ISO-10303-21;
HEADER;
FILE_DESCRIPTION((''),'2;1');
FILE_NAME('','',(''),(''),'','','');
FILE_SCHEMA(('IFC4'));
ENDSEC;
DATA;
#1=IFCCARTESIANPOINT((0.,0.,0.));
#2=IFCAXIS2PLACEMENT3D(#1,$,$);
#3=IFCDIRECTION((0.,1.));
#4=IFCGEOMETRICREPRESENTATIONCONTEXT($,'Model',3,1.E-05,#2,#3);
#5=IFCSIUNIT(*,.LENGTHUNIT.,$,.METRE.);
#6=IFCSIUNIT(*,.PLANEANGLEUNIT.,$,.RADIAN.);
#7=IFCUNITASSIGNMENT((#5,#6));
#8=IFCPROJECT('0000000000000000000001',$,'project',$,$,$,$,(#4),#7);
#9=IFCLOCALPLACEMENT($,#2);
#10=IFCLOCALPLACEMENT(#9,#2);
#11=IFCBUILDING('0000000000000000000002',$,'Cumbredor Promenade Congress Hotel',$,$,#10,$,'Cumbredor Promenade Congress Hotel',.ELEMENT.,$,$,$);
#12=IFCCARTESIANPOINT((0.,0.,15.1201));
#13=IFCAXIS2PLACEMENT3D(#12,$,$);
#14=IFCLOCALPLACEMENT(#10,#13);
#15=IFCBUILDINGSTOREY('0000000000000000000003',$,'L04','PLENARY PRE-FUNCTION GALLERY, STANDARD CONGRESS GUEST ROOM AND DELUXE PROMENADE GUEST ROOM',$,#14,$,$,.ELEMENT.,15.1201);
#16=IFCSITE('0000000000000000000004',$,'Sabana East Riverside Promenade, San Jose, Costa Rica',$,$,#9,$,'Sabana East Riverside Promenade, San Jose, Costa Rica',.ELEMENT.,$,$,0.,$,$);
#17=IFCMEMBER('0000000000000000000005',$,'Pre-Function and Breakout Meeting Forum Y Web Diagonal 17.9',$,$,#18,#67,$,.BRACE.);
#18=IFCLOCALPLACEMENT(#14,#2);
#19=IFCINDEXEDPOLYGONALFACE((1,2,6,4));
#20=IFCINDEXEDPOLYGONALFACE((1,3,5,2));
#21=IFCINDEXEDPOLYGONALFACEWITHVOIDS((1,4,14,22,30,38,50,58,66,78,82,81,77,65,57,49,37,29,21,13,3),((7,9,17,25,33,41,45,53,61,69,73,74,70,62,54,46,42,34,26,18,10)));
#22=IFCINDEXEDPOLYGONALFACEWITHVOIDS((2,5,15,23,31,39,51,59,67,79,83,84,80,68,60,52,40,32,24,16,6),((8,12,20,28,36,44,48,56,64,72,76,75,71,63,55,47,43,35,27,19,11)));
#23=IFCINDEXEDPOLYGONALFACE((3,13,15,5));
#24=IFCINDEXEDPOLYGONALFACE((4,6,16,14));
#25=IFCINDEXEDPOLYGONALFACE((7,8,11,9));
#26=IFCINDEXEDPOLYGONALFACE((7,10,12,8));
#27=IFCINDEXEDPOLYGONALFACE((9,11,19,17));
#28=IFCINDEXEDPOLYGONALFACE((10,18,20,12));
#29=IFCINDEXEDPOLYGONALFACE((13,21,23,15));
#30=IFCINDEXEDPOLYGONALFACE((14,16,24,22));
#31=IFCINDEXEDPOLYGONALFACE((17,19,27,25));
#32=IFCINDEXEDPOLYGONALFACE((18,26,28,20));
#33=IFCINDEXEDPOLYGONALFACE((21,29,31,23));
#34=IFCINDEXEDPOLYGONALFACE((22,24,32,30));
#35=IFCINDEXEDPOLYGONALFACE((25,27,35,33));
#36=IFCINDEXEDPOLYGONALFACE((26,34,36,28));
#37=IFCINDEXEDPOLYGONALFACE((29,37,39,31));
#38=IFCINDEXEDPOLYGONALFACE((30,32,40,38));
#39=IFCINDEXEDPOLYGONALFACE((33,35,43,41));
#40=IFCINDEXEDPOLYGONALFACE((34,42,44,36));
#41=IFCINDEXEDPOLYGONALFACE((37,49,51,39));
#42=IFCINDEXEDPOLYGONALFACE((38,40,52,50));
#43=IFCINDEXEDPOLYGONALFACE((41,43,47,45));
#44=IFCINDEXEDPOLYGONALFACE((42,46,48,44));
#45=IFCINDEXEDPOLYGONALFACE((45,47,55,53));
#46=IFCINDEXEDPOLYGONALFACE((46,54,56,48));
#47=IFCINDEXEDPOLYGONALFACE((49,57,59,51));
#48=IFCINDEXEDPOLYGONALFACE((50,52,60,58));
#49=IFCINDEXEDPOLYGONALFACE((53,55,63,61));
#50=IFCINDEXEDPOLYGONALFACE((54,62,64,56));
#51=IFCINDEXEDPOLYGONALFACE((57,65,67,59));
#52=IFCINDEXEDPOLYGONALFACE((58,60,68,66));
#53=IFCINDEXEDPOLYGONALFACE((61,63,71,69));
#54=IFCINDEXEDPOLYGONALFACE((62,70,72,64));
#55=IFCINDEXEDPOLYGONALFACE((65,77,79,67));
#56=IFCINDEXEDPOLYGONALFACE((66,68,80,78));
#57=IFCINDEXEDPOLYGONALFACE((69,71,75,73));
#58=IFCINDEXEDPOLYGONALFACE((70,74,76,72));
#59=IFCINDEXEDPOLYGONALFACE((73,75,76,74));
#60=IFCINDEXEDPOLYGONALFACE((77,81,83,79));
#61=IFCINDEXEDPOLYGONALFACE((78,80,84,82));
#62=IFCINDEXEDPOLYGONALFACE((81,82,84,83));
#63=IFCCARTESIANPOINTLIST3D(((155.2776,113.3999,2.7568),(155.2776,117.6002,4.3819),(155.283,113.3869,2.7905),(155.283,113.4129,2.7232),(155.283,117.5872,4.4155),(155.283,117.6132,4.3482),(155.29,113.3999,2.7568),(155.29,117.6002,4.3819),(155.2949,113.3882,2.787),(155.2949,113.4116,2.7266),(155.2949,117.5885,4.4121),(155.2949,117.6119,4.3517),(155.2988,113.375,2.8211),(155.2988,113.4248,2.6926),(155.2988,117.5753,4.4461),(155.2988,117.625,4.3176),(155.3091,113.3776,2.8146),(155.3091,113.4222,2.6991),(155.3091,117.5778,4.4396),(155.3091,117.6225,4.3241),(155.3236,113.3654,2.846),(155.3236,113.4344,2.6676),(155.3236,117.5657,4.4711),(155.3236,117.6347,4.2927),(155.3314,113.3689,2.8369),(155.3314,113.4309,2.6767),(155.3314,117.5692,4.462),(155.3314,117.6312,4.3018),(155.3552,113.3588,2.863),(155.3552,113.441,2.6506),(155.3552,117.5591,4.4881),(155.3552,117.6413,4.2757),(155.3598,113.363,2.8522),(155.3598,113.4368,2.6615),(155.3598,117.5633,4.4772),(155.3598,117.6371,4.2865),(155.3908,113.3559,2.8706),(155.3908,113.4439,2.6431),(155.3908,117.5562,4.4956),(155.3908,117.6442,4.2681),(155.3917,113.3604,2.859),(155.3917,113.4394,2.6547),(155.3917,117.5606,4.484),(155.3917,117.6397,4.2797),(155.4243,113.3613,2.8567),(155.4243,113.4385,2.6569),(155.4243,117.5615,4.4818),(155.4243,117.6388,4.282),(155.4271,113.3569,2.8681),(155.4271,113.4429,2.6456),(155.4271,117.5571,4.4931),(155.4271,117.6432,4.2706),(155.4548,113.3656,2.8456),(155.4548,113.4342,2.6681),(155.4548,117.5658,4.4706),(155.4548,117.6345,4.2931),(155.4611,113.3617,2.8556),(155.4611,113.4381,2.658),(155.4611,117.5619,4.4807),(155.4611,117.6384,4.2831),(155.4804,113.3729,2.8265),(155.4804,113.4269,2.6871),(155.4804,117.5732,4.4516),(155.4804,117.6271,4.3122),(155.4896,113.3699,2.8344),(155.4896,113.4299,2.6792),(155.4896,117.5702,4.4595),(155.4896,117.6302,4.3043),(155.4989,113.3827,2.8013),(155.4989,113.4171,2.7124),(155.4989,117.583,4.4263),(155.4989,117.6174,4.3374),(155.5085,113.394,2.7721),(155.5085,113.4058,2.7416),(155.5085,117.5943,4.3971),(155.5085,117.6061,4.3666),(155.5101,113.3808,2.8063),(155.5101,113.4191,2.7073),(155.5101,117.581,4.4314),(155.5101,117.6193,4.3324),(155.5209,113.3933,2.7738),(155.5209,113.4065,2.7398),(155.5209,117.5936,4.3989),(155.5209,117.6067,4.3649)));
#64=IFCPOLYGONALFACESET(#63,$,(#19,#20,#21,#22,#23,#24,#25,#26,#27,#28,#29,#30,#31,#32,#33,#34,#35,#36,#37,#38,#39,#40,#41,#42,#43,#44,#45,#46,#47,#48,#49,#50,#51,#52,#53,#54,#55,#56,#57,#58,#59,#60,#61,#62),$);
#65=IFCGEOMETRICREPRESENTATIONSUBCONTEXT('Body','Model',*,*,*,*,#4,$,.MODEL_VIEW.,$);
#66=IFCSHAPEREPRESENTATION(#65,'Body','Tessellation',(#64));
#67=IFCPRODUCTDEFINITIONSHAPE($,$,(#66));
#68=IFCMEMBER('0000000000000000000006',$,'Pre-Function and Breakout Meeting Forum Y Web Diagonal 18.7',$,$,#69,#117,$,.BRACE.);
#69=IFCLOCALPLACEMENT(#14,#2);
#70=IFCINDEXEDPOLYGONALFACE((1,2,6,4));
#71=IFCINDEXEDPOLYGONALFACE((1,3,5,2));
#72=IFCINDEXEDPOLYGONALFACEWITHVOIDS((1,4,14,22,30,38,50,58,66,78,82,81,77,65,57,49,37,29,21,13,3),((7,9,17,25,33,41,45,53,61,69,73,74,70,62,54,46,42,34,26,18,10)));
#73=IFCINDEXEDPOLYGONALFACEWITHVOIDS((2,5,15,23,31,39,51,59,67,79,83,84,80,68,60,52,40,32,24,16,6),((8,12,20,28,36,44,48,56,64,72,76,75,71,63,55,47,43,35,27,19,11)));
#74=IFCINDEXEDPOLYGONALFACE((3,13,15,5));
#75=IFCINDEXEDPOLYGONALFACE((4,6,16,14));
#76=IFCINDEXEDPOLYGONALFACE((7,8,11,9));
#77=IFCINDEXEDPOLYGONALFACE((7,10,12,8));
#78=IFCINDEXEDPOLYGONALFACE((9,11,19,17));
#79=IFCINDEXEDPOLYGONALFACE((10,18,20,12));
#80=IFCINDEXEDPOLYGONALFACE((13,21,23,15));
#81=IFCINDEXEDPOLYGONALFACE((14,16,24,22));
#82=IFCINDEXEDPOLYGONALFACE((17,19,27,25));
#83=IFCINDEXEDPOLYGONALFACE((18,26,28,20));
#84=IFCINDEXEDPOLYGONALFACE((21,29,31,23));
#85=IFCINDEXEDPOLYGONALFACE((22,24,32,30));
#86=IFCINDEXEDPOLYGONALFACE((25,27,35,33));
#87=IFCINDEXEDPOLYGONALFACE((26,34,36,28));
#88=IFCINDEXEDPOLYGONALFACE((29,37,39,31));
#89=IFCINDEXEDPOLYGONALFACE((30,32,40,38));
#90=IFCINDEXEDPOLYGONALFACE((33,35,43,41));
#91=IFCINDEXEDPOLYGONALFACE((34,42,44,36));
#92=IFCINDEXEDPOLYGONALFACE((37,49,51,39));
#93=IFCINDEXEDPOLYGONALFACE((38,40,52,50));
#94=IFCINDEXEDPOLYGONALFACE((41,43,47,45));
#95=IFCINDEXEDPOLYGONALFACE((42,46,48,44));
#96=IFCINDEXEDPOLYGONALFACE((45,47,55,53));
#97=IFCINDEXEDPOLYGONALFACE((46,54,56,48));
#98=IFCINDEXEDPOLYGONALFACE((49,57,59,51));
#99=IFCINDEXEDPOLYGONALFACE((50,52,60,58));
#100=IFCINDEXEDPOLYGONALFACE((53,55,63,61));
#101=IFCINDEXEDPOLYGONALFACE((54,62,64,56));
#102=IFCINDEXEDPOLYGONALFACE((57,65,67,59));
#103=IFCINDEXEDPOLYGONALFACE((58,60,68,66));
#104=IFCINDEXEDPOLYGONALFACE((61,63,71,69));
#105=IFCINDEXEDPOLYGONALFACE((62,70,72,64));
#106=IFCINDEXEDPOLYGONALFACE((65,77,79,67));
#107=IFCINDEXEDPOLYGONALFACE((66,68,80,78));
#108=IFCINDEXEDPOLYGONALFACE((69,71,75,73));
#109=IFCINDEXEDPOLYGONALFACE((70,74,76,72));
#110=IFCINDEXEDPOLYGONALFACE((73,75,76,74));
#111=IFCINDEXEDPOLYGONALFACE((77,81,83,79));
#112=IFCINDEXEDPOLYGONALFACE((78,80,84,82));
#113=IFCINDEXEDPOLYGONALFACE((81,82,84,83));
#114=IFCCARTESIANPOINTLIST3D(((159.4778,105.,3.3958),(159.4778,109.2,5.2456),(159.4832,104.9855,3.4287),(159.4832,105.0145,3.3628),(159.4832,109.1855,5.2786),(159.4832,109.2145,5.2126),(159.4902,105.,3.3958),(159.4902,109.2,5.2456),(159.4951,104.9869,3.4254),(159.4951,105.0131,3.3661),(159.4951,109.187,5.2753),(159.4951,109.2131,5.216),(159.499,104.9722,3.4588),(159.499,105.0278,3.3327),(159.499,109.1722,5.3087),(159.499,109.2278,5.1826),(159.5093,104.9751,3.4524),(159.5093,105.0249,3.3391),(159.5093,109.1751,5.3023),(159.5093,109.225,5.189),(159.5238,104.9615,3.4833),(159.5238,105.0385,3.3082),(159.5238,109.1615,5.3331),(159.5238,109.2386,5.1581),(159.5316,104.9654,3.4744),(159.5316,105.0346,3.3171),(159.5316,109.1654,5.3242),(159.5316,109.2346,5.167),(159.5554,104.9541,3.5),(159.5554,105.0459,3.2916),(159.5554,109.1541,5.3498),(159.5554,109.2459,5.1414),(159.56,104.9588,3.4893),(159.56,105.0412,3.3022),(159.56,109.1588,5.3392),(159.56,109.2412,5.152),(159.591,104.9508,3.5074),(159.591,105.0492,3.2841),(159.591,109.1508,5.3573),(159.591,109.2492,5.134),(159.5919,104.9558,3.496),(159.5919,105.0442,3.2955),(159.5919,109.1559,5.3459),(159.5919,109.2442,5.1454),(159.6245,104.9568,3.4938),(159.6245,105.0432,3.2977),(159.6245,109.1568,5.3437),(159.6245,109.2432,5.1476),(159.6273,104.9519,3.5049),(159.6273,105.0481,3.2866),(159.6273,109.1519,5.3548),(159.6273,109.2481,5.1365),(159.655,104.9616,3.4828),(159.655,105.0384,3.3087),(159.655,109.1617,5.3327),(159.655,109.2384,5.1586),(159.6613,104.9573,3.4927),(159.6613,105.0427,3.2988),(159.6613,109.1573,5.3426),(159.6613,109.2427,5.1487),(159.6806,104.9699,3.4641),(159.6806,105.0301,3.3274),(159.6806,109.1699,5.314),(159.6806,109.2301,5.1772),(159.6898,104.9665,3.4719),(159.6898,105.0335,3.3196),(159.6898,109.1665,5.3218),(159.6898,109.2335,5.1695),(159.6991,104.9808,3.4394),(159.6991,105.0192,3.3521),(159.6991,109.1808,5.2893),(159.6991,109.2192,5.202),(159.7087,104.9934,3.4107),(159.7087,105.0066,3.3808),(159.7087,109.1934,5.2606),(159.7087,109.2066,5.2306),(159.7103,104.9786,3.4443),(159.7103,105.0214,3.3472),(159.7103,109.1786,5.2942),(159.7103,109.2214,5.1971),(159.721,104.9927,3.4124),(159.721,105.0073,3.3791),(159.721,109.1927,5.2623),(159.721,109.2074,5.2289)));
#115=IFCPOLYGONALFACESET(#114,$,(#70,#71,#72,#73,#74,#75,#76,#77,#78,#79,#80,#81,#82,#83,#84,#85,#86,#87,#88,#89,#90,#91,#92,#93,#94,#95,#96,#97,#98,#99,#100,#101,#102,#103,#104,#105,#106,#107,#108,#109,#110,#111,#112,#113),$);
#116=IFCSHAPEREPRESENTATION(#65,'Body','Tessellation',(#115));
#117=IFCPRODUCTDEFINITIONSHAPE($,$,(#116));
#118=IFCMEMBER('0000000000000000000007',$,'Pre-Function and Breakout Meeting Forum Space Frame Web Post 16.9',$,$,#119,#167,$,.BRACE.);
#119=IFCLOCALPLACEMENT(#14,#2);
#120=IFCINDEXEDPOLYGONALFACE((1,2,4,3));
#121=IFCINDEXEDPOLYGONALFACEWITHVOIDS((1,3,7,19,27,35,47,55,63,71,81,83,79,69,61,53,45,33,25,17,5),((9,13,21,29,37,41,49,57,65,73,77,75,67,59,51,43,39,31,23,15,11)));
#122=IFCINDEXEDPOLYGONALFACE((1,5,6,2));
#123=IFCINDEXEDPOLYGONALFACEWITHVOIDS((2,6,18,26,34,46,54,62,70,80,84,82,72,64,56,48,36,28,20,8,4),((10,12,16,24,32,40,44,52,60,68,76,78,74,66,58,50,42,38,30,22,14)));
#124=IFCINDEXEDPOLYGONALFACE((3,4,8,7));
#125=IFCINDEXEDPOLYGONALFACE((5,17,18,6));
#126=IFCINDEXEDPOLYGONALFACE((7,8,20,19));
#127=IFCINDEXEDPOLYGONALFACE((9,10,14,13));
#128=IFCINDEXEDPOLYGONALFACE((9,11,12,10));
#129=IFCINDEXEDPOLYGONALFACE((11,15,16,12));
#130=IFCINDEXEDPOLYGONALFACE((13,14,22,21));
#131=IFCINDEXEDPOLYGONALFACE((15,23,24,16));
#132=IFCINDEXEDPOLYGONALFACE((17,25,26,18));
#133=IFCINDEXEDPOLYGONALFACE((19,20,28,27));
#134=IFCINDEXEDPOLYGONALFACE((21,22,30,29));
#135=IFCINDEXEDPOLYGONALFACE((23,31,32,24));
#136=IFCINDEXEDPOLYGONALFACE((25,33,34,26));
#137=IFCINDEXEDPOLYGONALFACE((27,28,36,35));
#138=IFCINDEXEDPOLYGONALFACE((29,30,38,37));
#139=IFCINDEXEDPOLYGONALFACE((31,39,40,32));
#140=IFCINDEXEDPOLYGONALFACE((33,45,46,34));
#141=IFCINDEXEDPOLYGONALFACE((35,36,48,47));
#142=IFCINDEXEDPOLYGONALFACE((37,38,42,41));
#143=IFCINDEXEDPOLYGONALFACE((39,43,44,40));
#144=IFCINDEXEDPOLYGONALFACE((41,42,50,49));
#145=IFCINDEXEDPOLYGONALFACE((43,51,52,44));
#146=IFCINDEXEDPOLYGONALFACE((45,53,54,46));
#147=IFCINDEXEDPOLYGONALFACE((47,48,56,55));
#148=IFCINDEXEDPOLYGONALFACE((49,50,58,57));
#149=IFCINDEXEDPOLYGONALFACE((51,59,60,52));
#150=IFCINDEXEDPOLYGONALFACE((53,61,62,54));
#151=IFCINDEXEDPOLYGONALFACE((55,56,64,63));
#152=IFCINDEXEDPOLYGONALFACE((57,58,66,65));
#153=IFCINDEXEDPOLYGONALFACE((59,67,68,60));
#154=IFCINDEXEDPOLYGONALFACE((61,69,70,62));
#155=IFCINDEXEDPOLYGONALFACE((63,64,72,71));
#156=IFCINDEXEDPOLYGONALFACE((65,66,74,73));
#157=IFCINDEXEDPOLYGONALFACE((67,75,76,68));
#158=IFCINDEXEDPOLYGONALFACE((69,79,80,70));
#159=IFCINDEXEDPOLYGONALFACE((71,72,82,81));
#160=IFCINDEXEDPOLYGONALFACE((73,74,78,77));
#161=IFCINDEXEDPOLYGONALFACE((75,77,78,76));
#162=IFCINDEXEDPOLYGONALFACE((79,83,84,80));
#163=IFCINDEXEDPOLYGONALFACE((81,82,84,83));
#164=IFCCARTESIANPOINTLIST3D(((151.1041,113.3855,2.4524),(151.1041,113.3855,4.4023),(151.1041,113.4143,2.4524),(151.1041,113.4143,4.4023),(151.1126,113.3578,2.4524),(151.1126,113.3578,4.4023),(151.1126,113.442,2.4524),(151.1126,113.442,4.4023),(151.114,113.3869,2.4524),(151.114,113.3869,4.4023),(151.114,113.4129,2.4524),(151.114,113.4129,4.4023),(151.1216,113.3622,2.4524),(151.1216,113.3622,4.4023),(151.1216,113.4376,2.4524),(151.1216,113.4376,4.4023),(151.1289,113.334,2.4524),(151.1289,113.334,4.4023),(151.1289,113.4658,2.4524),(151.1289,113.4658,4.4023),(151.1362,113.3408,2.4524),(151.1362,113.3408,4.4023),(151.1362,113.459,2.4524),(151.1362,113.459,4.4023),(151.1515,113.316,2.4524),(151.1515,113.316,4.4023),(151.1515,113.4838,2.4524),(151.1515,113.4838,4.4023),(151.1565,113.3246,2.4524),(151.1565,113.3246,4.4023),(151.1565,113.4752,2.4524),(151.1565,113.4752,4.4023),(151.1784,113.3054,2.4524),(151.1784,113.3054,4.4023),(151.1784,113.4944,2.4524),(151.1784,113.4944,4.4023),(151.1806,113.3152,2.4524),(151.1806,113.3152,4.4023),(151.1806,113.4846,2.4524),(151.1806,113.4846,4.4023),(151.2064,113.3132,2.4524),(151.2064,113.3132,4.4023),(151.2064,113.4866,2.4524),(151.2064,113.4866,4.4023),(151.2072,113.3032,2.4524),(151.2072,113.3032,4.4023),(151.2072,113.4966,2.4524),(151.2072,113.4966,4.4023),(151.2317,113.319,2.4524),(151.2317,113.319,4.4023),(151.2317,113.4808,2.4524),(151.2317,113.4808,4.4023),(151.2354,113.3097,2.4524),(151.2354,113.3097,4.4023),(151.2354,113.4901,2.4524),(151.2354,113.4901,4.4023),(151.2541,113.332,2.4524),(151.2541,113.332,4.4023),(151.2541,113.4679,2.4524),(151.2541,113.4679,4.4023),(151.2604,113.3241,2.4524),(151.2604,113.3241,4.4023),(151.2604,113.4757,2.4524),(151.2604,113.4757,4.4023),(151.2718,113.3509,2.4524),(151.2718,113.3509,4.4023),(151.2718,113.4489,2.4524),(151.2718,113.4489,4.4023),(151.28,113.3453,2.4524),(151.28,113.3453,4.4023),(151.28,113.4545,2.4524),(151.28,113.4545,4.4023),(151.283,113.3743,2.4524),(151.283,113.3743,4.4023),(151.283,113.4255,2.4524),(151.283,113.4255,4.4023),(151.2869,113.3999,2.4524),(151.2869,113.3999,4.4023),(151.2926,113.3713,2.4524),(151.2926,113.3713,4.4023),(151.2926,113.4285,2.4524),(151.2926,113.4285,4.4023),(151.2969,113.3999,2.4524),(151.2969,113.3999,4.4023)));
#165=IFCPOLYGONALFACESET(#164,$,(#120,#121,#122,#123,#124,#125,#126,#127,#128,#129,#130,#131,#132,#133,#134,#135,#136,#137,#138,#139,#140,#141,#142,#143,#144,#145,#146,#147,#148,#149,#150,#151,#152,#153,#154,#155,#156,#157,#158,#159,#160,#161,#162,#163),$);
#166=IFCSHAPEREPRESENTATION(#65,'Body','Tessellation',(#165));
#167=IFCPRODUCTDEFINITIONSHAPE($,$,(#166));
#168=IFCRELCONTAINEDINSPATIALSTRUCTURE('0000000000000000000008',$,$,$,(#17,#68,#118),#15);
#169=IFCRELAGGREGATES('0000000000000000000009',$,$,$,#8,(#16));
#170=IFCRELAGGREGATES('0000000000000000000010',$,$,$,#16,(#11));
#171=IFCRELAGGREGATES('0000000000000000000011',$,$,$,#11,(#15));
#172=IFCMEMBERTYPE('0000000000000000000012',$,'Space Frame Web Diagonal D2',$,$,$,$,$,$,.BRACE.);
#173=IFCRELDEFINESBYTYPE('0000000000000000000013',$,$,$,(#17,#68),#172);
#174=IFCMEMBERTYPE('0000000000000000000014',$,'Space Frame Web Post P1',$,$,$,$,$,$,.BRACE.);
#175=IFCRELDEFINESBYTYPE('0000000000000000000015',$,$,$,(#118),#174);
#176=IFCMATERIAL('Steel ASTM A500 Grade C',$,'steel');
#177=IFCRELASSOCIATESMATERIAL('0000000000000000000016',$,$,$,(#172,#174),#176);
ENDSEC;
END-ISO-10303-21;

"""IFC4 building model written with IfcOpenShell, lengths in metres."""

from ifc_helpers import new_model, si_unit, direction, frame, origin, origin_2d, place, context, subcontext, project, spatial, hollow_circle, extrude, material, material_profile, profile_set, type_object, element, save


model = new_model("IFC4")

# Units and contexts
model_context = context("Model", 3, precision=1e-05, world=origin(), true_north=direction((0.0, 1.0)))
body_context = subcontext(model_context, "Body", "Model", "MODEL_VIEW")
ifc_project = project(units=[si_unit("LENGTHUNIT", "METRE"), si_unit("PLANEANGLEUNIT", "RADIAN")], contexts=[model_context])

# Site, building, storey
site_placement = place(None, origin())
site = spatial("IfcSite", under=ifc_project, at=site_placement, Name="Sabana East Riverside Promenade, San Jose, Costa Rica", LongName="Sabana East Riverside Promenade, San Jose, Costa Rica", CompositionType="ELEMENT", RefElevation=0.0)
building_placement = place(site_placement, origin())
building = spatial("IfcBuilding", under=site, at=building_placement, Name="Cumbredor Promenade Congress Hotel", LongName="Cumbredor Promenade Congress Hotel", CompositionType="ELEMENT")
storey_placement = place(building_placement, frame((0.0, 0.0, 15.1201)))
storey = spatial("IfcBuildingStorey", under=building, at=storey_placement, Name="L04", Description="PLENARY PRE-FUNCTION GALLERY, STANDARD CONGRESS GUEST ROOM AND DELUXE PROMENADE GUEST ROOM", CompositionType="ELEMENT", Elevation=15.1201)

# Members
ifc_material_1 = material(Name="Steel ASTM A500 Grade C", Category="steel")
ifc_material_profile_1 = material_profile(ifc_material_1, hollow_circle(Radius=0.1223, WallThickness=0.0125, at=origin_2d()), Name="CHS 244.5x12.5")
ifc_profile_set_1 = profile_set([ifc_material_profile_1], Name="Steel ASTM A500 Grade C")
member_type_1 = type_object("IfcMemberType", Name="Space Frame Web Diagonal D2", PredefinedType="BRACE", material=ifc_profile_set_1)
member_1_placement = place(storey_placement, frame((155.3999, 113.3999, 2.7568), z_axis=(0.0, 0.932634, 0.360824), x_axis=(-1.0, 0.0, 0.0)))
element("IfcMember", 1, at=member_1_placement, inside=storey, type_object=member_type_1, Name="Pre-Function and Breakout Meeting Forum Y Web Diagonal 17.9", PredefinedType="BRACE", context=body_context, shape_type="SweptSolid", body=[
    extrude(hollow_circle(Radius=0.1223, WallThickness=0.0125, at=origin_2d()), origin(), (0.0, 0.0, 1.0), 4.5037),
])
member_2_placement = place(storey_placement, frame((159.6001, 105.0, 3.3958), z_axis=(0.0, 0.915164, 0.403081), x_axis=(-1.0, 0.0, 0.0)))
element("IfcMember", 2, at=member_2_placement, inside=storey, type_object=member_type_1, Name="Pre-Function and Breakout Meeting Forum Y Web Diagonal 18.7", PredefinedType="BRACE", context=body_context, shape_type="SweptSolid", body=[
    extrude(hollow_circle(Radius=0.1223, WallThickness=0.0125, at=origin_2d()), origin(), (0.0, 0.0, 1.0), 4.5894),
])
ifc_material_profile_2 = material_profile(ifc_material_1, hollow_circle(Radius=0.0969, WallThickness=0.01, at=origin_2d()), Name="CHS 193.7x10")
ifc_profile_set_2 = profile_set([ifc_material_profile_2], Name="Steel ASTM A500 Grade C")
member_type_2 = type_object("IfcMemberType", Name="Space Frame Web Post P1", PredefinedType="BRACE", material=ifc_profile_set_2)
for number, where, z_axis, x_axis, name in (
    (3, (151.2, 113.3999, 2.4524), (0.0, 0.0, 1.0), (1.0, 0.0, 0.0), "Pre-Function and Breakout Meeting Forum Space Frame Web Post 16.9"),
):
    element("IfcMember", number, at=place(storey_placement, frame(where, z_axis=z_axis, x_axis=x_axis)), inside=storey, type_object=member_type_2, Name=name, PredefinedType="BRACE", context=body_context, shape_type="SweptSolid", body=[
        extrude(hollow_circle(Radius=0.0969, WallThickness=0.01, at=origin_2d()), origin(), (0.0, 0.0, 1.0), 1.95),
    ])

save(model, "model.ifc")
